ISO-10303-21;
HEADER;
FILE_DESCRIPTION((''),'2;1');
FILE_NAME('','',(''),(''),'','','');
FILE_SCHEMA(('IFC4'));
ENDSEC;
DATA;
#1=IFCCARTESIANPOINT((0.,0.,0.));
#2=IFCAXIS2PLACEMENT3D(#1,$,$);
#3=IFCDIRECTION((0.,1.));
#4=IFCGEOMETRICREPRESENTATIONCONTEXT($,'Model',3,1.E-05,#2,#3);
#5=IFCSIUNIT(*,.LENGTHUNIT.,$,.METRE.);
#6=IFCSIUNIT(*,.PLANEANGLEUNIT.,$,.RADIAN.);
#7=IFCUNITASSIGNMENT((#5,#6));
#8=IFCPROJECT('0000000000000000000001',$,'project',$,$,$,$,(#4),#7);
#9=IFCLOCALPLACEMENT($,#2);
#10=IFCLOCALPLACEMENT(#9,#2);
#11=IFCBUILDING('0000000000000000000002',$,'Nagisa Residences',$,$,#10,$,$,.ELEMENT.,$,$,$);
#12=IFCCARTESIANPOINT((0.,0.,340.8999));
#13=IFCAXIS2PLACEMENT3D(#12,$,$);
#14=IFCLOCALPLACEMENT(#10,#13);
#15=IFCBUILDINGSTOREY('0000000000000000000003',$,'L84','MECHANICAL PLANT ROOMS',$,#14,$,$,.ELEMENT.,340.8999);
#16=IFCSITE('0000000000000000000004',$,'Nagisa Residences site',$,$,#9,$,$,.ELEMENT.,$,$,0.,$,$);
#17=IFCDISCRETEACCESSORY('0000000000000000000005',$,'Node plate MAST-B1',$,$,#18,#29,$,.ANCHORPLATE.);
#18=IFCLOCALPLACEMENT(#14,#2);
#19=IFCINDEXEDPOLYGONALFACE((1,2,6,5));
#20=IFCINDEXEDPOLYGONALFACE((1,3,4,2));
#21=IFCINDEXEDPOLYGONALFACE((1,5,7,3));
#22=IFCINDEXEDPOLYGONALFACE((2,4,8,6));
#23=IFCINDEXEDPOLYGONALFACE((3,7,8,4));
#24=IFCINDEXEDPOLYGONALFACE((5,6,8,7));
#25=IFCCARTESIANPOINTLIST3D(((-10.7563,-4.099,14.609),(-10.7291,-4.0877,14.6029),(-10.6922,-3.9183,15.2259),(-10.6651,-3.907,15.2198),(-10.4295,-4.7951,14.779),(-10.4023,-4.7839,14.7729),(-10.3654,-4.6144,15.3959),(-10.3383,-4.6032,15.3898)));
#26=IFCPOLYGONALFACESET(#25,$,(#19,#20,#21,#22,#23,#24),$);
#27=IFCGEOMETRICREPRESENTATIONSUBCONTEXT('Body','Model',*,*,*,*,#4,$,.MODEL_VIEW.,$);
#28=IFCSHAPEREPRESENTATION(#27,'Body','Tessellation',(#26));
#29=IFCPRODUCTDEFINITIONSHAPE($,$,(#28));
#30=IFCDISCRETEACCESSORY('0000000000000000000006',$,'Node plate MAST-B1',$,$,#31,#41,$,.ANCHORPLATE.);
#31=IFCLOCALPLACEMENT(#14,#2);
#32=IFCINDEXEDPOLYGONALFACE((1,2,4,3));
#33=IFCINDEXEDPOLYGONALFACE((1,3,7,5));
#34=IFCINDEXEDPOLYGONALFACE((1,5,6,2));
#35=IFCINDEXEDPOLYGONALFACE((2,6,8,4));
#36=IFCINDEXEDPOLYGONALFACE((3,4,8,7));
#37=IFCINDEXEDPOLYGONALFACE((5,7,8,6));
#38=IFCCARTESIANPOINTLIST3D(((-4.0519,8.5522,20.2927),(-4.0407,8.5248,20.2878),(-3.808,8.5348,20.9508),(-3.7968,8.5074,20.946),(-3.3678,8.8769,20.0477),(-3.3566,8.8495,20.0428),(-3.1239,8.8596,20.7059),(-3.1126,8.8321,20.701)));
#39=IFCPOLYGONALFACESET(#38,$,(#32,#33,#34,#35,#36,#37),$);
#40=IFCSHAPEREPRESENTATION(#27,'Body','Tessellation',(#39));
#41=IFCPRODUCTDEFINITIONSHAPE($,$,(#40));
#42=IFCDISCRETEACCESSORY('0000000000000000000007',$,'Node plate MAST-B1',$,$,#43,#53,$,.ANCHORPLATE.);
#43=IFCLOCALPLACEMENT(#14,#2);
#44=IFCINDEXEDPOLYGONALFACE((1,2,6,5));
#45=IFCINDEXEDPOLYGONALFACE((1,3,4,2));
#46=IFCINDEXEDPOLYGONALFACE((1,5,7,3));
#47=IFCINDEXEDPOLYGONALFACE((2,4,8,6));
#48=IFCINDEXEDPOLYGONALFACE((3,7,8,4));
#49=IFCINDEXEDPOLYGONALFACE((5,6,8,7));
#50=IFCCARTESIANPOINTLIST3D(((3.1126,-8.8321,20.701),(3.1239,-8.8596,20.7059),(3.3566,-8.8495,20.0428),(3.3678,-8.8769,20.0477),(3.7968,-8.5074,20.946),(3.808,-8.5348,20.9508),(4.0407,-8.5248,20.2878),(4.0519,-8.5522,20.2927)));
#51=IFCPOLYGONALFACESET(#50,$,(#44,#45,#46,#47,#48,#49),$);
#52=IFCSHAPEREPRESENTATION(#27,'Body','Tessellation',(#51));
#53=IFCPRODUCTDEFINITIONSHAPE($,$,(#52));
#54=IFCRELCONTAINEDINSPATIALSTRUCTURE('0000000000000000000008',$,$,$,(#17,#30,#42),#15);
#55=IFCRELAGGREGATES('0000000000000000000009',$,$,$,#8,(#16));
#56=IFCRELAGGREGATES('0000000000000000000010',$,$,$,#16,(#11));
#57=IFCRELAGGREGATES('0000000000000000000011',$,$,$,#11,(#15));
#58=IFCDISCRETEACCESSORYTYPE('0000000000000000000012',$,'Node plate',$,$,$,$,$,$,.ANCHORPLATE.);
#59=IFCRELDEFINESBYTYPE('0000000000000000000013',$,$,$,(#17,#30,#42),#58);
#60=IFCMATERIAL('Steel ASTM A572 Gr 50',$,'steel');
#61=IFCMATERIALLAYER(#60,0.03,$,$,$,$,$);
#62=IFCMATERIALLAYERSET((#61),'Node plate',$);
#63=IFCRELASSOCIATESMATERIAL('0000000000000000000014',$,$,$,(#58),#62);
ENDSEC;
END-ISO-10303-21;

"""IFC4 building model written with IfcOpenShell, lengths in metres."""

from ifc_helpers import new_model, si_unit, direction, frame, origin, origin_2d, place, context, subcontext, project, spatial, rectangle, extrude, material, layer, layer_set, type_object, element, save


model = new_model("IFC4")

# Units and contexts
model_context = context("Model", 3, precision=1e-05, world=origin(), true_north=direction((0.0, 1.0)))
body_context = subcontext(model_context, "Body", "Model", "MODEL_VIEW")
ifc_project = project(units=[si_unit("LENGTHUNIT", "METRE"), si_unit("PLANEANGLEUNIT", "RADIAN")], contexts=[model_context])

# Site, building, storey
site_placement = place(None, origin())
site = spatial("IfcSite", under=ifc_project, at=site_placement, Name="Nagisa Residences site", CompositionType="ELEMENT", RefElevation=0.0)
building_placement = place(site_placement, origin())
building = spatial("IfcBuilding", under=site, at=building_placement, Name="Nagisa Residences", CompositionType="ELEMENT")
storey_placement = place(building_placement, frame((0.0, 0.0, 340.8999)))
storey = spatial("IfcBuildingStorey", under=building, at=storey_placement, Name="L84", Description="MECHANICAL PLANT ROOMS", CompositionType="ELEMENT", Elevation=340.8999)

# Discrete accessories
ifc_material_1 = material(Name="Steel ASTM A572 Gr 50", Category="steel")
ifc_layer = layer(ifc_material_1, 0.03)
ifc_layer_set = layer_set([ifc_layer], Name="Node plate")
discrete_accessory_type = type_object("IfcDiscreteAccessoryType", Name="Node plate", PredefinedType="ANCHORPLATE", material=ifc_layer_set)
discrete_accessory_1_placement = place(storey_placement, frame((-10.5337, -4.3455, 14.9963), z_axis=(-0.904444, -0.374815, 0.203704), x_axis=(-0.414906, 0.8839, -0.215808)))
element("IfcDiscreteAccessory", 1, at=discrete_accessory_1_placement, inside=storey, type_object=discrete_accessory_type, Name="Node plate MAST-B1", PredefinedType="ANCHORPLATE", context=body_context, shape_type="SweptSolid", body=[
    extrude(rectangle(XDim=0.7876, YDim=0.646, at=origin_2d()), origin(), (0.0, 0.0, 1.0), 0.03),
])
for number, where, z_axis, x_axis, name in (
    (2, (-3.5767, 8.6785, 20.4944), (-0.374839, 0.912653, 0.162974), (0.859552, 0.407988, -0.30776), "Node plate MAST-B1"),
    (3, (3.5767, -8.6785, 20.4944), (0.374839, -0.912653, 0.162974), (-0.859552, -0.407988, -0.30776), "Node plate MAST-B1"),
):
    element("IfcDiscreteAccessory", number, at=place(storey_placement, frame(where, z_axis=z_axis, x_axis=x_axis)), inside=storey, type_object=discrete_accessory_type, Name=name, PredefinedType="ANCHORPLATE", context=body_context, shape_type="SweptSolid", body=[
        extrude(rectangle(XDim=0.7959, YDim=0.7021, at=origin_2d()), origin(), (0.0, 0.0, 1.0), 0.03),
    ])

save(model, "model.ifc")
